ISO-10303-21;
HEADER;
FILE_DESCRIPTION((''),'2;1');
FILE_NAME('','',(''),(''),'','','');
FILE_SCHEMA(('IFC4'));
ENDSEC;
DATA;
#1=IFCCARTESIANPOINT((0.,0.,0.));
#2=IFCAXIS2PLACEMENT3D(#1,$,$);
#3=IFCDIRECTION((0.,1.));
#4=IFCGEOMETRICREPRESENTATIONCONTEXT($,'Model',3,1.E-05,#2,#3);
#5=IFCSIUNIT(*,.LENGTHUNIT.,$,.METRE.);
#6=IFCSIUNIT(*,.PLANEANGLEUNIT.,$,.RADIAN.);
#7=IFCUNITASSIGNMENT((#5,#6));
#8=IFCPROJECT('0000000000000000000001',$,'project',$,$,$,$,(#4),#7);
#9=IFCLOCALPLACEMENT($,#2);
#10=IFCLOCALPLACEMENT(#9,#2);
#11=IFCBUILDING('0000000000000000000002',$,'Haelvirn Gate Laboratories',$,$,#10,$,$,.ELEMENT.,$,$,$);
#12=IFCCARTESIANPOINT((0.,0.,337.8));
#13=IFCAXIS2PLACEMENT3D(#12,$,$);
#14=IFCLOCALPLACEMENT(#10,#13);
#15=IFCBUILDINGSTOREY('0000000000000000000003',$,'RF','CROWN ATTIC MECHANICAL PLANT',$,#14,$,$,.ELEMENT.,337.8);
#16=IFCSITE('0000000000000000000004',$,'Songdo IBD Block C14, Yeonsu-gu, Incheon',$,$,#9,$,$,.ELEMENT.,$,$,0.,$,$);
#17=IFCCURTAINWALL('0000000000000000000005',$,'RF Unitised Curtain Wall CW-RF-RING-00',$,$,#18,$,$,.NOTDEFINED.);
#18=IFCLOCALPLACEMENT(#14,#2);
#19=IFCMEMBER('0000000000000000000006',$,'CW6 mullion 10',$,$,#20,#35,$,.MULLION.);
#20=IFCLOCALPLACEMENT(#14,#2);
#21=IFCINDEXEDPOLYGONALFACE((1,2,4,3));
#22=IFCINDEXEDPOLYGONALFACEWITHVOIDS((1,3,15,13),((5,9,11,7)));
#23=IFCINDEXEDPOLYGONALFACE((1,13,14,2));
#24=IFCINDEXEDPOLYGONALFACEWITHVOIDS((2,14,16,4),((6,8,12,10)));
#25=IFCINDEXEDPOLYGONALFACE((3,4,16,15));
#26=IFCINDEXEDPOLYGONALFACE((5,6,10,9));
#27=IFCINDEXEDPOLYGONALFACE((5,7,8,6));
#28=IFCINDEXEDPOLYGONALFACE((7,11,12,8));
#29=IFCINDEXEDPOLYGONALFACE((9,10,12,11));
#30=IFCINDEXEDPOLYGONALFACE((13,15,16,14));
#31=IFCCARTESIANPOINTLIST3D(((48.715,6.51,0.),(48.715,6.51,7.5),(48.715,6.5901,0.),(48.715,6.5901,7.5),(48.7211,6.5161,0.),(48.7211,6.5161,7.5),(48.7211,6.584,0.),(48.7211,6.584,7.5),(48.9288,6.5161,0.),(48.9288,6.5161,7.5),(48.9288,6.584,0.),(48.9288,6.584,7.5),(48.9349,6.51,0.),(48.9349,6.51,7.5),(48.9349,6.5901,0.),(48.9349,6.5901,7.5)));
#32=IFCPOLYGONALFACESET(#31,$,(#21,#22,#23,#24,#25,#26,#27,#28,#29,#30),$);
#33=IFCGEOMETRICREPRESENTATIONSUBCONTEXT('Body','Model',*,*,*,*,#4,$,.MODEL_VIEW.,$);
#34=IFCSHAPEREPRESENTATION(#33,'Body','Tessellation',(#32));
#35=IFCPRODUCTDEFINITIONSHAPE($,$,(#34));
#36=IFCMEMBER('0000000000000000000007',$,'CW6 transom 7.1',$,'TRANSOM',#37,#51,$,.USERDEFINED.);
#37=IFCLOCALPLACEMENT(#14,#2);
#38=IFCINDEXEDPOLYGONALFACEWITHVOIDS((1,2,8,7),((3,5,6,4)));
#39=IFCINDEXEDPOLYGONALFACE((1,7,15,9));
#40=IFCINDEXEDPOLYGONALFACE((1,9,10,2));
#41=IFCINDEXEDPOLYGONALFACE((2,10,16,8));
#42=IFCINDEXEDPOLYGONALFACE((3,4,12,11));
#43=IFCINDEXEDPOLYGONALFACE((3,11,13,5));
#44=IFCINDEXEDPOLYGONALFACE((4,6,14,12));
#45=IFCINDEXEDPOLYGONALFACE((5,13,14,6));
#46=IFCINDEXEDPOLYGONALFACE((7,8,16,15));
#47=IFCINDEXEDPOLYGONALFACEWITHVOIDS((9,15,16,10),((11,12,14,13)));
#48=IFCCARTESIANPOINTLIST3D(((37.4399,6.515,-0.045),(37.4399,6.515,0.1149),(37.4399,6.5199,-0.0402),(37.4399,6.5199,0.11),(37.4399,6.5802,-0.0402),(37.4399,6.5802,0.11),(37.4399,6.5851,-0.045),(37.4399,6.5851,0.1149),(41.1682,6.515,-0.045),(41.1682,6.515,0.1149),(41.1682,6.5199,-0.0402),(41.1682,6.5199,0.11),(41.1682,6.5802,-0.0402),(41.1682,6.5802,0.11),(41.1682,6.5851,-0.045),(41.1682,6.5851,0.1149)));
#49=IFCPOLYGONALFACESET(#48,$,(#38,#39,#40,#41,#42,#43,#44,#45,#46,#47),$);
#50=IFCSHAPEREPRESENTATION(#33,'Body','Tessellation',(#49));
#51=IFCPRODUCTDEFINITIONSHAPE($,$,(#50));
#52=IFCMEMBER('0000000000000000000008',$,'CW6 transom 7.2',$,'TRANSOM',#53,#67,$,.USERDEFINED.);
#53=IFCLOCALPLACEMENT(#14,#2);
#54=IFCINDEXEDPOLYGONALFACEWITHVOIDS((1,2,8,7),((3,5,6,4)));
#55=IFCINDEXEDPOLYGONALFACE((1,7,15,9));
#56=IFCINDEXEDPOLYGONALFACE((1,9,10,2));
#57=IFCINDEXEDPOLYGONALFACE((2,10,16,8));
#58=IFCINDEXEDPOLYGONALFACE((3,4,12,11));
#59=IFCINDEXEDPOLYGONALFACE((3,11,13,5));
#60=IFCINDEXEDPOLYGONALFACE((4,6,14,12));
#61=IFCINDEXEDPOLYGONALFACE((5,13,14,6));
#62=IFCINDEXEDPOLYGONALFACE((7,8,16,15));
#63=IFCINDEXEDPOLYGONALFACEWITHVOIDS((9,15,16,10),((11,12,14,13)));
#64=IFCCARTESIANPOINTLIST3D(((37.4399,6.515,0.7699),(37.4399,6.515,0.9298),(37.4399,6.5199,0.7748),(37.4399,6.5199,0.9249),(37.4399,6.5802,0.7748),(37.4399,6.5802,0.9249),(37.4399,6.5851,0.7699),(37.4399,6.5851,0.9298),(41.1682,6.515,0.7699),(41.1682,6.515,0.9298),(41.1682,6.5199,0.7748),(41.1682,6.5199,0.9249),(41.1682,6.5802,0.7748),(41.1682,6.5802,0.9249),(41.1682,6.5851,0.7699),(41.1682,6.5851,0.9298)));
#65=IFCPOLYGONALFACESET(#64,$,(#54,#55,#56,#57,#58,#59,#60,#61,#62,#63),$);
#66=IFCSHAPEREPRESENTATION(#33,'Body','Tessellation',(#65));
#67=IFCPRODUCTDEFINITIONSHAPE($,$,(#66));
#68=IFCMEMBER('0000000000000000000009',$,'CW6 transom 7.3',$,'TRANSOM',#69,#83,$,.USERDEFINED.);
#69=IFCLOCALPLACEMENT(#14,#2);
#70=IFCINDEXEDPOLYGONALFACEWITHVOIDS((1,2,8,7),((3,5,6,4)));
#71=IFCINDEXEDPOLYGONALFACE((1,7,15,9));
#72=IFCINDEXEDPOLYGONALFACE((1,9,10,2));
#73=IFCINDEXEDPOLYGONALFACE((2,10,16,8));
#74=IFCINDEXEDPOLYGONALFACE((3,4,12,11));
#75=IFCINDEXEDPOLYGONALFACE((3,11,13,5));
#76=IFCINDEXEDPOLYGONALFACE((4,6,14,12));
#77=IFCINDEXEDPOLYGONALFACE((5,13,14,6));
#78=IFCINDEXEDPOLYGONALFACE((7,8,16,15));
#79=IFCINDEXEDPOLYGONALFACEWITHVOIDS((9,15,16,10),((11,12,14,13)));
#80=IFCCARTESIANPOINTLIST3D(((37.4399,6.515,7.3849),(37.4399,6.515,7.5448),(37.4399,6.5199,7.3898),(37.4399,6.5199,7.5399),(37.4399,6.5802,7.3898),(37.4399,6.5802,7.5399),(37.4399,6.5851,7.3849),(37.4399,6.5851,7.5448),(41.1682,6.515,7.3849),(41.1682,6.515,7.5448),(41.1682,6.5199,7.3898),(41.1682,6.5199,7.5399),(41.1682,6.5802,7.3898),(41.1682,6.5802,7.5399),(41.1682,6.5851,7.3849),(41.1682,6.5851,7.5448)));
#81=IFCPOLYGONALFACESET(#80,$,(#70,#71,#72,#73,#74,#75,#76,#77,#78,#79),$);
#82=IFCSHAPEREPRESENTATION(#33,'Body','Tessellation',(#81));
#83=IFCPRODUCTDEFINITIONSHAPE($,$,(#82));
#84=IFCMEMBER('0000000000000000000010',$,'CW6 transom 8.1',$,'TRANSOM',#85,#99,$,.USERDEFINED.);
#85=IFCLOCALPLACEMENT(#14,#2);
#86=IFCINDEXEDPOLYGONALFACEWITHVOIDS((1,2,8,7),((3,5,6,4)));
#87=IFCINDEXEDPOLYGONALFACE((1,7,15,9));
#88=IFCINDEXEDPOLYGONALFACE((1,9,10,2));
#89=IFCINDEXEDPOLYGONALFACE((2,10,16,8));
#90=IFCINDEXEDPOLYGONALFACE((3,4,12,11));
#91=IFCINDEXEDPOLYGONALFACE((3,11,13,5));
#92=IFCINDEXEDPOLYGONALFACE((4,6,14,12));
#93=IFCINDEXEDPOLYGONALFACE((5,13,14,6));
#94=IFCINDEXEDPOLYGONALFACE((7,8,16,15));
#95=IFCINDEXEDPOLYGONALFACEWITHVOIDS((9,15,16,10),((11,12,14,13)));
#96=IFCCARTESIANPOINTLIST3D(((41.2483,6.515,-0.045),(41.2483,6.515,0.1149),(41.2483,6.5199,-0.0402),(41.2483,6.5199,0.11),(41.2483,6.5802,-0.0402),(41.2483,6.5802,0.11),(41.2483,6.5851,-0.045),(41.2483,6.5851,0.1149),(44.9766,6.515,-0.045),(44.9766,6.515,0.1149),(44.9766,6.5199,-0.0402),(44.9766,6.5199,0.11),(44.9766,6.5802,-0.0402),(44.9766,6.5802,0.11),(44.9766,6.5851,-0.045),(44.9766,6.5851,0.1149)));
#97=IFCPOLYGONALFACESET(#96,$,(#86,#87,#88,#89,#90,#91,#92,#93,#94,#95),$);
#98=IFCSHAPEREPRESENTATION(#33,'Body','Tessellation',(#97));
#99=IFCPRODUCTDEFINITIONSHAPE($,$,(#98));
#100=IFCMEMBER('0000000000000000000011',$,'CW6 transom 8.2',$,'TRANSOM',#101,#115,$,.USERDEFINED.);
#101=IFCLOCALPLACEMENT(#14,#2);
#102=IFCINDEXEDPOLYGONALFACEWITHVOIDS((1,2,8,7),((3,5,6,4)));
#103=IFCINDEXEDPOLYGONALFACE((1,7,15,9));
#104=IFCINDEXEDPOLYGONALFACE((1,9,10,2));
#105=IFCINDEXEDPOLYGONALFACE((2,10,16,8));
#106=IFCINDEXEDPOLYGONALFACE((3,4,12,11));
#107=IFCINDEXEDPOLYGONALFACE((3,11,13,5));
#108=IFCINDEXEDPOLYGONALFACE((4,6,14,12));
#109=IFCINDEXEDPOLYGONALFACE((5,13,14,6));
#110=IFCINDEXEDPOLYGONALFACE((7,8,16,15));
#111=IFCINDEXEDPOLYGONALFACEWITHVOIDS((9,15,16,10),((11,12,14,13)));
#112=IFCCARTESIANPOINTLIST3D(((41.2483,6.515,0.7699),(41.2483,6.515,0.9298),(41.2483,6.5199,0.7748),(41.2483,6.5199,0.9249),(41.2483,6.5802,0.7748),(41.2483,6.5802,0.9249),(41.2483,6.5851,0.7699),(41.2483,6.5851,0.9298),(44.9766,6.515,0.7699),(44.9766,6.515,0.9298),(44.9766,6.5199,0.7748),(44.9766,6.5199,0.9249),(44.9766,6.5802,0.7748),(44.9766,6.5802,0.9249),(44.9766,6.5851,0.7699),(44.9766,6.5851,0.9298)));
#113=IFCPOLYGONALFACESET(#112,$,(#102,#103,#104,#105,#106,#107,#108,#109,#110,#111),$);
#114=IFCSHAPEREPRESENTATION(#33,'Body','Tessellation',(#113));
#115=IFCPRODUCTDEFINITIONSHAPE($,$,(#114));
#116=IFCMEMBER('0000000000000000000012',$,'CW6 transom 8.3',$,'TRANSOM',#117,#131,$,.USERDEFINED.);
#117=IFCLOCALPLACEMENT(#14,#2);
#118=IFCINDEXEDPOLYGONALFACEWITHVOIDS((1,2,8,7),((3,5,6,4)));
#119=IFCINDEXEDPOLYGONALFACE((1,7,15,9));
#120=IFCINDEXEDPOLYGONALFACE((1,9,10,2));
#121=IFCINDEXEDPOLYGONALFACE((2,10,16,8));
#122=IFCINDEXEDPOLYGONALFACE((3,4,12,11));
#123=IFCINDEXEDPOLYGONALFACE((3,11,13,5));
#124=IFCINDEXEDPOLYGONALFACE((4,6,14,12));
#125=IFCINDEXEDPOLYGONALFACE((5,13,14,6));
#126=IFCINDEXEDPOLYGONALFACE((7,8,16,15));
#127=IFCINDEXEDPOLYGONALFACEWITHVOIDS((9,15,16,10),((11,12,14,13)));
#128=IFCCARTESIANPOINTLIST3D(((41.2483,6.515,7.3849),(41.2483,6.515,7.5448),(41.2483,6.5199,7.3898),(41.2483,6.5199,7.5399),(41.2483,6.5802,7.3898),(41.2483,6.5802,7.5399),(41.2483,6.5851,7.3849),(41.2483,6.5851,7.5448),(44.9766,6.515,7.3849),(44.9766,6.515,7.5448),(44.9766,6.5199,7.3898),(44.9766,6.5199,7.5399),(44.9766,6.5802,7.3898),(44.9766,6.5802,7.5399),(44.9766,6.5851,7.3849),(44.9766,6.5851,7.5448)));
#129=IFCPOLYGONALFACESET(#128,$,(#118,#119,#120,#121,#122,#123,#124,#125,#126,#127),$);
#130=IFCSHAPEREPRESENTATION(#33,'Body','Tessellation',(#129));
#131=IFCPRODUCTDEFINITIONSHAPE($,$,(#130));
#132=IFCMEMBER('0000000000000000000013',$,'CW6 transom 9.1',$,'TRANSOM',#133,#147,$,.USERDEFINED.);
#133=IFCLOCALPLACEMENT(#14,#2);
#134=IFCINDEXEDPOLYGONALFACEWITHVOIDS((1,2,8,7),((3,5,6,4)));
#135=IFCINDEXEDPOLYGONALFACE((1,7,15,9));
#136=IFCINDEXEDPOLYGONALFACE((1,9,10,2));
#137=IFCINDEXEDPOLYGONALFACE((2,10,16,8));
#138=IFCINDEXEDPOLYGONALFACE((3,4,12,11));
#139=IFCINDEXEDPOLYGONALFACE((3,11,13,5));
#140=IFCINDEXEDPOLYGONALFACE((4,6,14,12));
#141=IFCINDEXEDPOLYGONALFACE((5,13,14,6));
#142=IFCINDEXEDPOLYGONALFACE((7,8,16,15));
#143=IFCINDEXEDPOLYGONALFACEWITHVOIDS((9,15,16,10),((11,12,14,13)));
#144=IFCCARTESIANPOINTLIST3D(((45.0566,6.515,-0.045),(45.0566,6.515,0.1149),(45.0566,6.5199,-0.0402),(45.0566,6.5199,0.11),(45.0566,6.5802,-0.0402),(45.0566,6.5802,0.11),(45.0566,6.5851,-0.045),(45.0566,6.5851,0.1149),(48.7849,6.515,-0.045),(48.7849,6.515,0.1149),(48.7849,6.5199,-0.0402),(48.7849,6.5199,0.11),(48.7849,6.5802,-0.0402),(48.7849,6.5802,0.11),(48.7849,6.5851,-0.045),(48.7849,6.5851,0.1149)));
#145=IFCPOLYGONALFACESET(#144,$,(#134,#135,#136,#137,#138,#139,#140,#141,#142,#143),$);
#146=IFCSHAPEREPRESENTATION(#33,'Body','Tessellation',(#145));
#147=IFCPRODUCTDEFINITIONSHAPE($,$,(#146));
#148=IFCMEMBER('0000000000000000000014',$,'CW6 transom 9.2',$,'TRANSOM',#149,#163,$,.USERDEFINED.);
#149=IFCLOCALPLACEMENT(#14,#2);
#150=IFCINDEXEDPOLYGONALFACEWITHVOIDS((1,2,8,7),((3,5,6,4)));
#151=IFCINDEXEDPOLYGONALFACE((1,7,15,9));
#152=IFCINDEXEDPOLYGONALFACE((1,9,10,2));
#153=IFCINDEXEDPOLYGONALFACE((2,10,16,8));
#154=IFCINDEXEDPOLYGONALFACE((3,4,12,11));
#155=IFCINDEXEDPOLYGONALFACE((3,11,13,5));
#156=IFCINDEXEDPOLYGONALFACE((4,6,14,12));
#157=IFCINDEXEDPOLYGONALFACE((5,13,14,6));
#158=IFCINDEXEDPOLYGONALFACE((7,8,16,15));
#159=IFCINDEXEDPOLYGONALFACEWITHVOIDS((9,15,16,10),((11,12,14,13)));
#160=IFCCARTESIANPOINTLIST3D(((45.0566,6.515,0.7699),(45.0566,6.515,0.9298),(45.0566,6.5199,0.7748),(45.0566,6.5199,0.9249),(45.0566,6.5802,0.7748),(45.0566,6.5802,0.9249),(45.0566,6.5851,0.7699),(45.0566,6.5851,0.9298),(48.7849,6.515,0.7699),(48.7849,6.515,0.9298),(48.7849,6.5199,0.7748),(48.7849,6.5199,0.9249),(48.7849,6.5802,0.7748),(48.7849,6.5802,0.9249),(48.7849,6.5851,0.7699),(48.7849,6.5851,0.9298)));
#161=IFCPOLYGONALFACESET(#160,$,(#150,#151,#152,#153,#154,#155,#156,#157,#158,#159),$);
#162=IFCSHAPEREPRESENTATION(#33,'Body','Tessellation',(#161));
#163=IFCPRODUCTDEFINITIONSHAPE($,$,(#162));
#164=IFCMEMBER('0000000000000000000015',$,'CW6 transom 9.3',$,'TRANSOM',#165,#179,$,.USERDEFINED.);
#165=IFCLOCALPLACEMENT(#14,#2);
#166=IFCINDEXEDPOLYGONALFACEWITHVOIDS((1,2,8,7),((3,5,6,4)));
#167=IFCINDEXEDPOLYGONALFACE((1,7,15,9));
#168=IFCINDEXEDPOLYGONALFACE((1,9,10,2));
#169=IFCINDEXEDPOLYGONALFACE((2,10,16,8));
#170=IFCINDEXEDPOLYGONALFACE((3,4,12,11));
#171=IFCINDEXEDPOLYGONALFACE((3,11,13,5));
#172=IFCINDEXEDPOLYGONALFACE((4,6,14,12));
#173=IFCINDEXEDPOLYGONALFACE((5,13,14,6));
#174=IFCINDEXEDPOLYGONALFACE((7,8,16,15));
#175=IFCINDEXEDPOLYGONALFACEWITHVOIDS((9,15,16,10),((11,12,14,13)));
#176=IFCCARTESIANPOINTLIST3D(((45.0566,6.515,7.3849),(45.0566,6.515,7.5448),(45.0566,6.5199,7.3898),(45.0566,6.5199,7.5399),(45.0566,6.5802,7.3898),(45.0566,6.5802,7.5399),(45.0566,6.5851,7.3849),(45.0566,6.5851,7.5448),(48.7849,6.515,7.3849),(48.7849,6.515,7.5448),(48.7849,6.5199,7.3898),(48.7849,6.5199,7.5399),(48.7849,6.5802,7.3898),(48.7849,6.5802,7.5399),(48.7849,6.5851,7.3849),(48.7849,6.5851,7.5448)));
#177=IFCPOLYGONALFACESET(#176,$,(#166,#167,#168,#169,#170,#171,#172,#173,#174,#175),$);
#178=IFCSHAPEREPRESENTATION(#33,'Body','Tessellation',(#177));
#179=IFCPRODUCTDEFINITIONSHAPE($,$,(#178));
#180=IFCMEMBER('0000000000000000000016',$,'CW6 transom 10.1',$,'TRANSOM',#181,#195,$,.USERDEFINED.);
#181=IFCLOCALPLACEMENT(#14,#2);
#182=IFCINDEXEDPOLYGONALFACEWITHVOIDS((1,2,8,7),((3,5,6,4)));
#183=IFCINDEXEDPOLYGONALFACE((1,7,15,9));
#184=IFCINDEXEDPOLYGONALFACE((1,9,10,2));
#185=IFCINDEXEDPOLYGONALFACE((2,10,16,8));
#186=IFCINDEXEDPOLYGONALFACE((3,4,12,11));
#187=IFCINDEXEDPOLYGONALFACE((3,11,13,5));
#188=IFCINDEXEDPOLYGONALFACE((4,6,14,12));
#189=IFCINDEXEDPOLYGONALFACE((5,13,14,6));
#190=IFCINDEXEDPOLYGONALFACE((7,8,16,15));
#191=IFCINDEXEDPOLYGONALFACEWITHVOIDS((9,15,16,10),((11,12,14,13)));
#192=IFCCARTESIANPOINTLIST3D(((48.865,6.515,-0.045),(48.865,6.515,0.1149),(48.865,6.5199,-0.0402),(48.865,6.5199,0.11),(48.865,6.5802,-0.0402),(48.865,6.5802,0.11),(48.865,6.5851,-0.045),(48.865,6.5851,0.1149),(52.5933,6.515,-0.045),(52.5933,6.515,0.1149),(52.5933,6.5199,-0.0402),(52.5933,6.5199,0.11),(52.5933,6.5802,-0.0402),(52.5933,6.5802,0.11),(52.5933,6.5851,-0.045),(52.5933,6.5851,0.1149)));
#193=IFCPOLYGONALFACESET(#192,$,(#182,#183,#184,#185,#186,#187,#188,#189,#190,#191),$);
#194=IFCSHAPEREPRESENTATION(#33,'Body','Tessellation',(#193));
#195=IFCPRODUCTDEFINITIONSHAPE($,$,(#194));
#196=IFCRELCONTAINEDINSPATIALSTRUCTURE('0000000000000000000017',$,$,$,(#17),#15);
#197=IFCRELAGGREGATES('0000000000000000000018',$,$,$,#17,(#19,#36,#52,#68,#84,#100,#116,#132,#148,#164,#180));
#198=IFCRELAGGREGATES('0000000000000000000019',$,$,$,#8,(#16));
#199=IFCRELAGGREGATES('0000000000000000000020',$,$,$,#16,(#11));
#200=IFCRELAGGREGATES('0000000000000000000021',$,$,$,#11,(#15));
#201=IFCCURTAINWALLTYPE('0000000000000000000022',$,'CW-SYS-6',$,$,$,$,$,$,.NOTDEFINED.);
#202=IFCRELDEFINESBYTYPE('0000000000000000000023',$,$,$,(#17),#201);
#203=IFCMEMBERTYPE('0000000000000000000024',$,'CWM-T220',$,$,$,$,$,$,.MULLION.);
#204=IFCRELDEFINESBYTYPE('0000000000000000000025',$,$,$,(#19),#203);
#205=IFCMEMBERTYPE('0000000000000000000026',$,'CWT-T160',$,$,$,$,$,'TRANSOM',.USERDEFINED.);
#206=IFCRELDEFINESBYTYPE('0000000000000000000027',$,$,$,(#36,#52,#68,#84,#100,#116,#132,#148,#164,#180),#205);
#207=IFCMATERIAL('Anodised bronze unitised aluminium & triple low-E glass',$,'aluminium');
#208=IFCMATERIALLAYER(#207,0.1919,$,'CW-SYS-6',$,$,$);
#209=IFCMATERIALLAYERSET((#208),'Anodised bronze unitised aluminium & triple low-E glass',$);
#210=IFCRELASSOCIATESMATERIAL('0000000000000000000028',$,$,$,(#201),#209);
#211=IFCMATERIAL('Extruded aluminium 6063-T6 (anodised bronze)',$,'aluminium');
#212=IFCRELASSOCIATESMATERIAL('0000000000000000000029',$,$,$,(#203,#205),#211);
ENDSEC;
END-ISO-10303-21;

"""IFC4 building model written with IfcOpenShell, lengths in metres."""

from ifc_helpers import new_model, si_unit, direction, frame, origin, origin_2d, place, context, subcontext, project, spatial, hollow_rectangle, extrude, source, transform, mapped, material, layer, layer_set, material_profile, profile_set, type_object, type_shapes, element, aggregate, save


model = new_model("IFC4")

# Units and contexts
model_context = context("Model", 3, precision=1e-05, world=origin(), true_north=direction((0.0, 1.0)))
body_context = subcontext(model_context, "Body", "Model", "MODEL_VIEW")
ifc_project = project(units=[si_unit("LENGTHUNIT", "METRE"), si_unit("PLANEANGLEUNIT", "RADIAN")], contexts=[model_context])

# Site, building, storey
site_placement = place(None, origin())
site = spatial("IfcSite", under=ifc_project, at=site_placement, Name="Songdo IBD Block C14, Yeonsu-gu, Incheon", CompositionType="ELEMENT", RefElevation=0.0)
building_placement = place(site_placement, origin())
building = spatial("IfcBuilding", under=site, at=building_placement, Name="Haelvirn Gate Laboratories", CompositionType="ELEMENT")
storey_placement = place(building_placement, frame((0.0, 0.0, 337.8)))
storey = spatial("IfcBuildingStorey", under=building, at=storey_placement, Name="RF", Description="CROWN ATTIC MECHANICAL PLANT", CompositionType="ELEMENT", Elevation=337.8)

# Curtain wall, members
ifc_material_1 = material(Name="Anodised bronze unitised aluminium & triple low-E glass", Category="aluminium")
ifc_layer_1 = layer(ifc_material_1, 0.1919, Name="CW-SYS-6")
ifc_layer_set_1 = layer_set([ifc_layer_1], Name="Anodised bronze unitised aluminium & triple low-E glass")
curtain_wall_type = type_object("IfcCurtainWallType", Name="CW-SYS-6", PredefinedType="NOTDEFINED", material=ifc_layer_set_1)
curtain_wall_placement = place(storey_placement, origin())
curtain_wall = element("IfcCurtainWall", 1, at=curtain_wall_placement, inside=storey, type_object=curtain_wall_type, Name="RF Unitised Curtain Wall CW-RF-RING-00", PredefinedType="NOTDEFINED")
ifc_material_2 = material(Name="Extruded aluminium 6063-T6 (anodised bronze)", Category="aluminium")
ifc_material_profile_1 = material_profile(ifc_material_2, hollow_rectangle(XDim=0.0801, YDim=0.22, WallThickness=0.0061, at=origin_2d()), Name="CWM-220x80x6")
ifc_profile_set_1 = profile_set([ifc_material_profile_1], Name="Extruded aluminium 6063-T6 (anodised bronze)")
member_type_1 = type_object("IfcMemberType", Name="CWM-T220", PredefinedType="MULLION", material=ifc_profile_set_1)
shared_shape_1 = source(origin(), body_context, "Body", "SweptSolid", [
    extrude(hollow_rectangle(XDim=0.0801, YDim=0.22, WallThickness=0.0061, at=origin_2d()), origin(), (0.0, 0.0, 1.0), 7.5),
])
type_shapes(member_type_1, [shared_shape_1])
member_1_placement = place(storey_placement, frame((48.825, 6.55, 0.0), z_axis=(0.0, 0.0, 1.0), x_axis=(0.0, 1.0, 0.0)))
member_1 = element("IfcMember", 2, at=member_1_placement, type_object=member_type_1, Name="CW6 mullion 10", PredefinedType="MULLION", context=body_context, shape_type="MappedRepresentation", body=[
    mapped(shared_shape_1, transform((0.0, 0.0, 0.0), scale=1.0)),
])
ifc_material_profile_2 = material_profile(ifc_material_2, hollow_rectangle(XDim=0.0701, YDim=0.1599, WallThickness=0.0049, at=origin_2d()), Name="CWT-160x70x5")
ifc_profile_set_2 = profile_set([ifc_material_profile_2], Name="Extruded aluminium 6063-T6 (anodised bronze)")
member_type_2 = type_object("IfcMemberType", Name="CWT-T160", ElementType="TRANSOM", PredefinedType="USERDEFINED", material=ifc_profile_set_2)
shared_shape_2 = source(origin(), body_context, "Body", "SweptSolid", [
    extrude(hollow_rectangle(XDim=0.0701, YDim=0.1599, WallThickness=0.0049, at=origin_2d()), origin(), (0.0, 0.0, 1.0), 3.7283),
])
type_shapes(member_type_2, [shared_shape_2])
member_2_placement = place(storey_placement, frame((37.4399, 6.55, 0.0349), z_axis=(1.0, 0.0, 0.0), x_axis=(0.0, 1.0, 0.0)))
member_2 = element("IfcMember", 3, at=member_2_placement, type_object=member_type_2, Name="CW6 transom 7.1", ObjectType="TRANSOM", PredefinedType="USERDEFINED", context=body_context, shape_type="MappedRepresentation", body=[
    mapped(shared_shape_2, transform((0.0, 0.0, 0.0), scale=1.0)),
])
member_3_placement = place(storey_placement, frame((37.4399, 6.55, 0.8499), z_axis=(1.0, 0.0, 0.0), x_axis=(0.0, 1.0, 0.0)))
member_3 = element("IfcMember", 4, at=member_3_placement, type_object=member_type_2, Name="CW6 transom 7.2", ObjectType="TRANSOM", PredefinedType="USERDEFINED", context=body_context, shape_type="MappedRepresentation", body=[
    mapped(shared_shape_2, transform((0.0, 0.0, 0.0), scale=1.0)),
])
member_4_placement = place(storey_placement, frame((37.4399, 6.55, 7.4648), z_axis=(1.0, 0.0, 0.0), x_axis=(0.0, 1.0, 0.0)))
member_4 = element("IfcMember", 5, at=member_4_placement, type_object=member_type_2, Name="CW6 transom 7.3", ObjectType="TRANSOM", PredefinedType="USERDEFINED", context=body_context, shape_type="MappedRepresentation", body=[
    mapped(shared_shape_2, transform((0.0, 0.0, 0.0), scale=1.0)),
])
member_5_placement = place(storey_placement, frame((41.2483, 6.55, 0.0349), z_axis=(1.0, 0.0, 0.0), x_axis=(0.0, 1.0, 0.0)))
member_5 = element("IfcMember", 6, at=member_5_placement, type_object=member_type_2, Name="CW6 transom 8.1", ObjectType="TRANSOM", PredefinedType="USERDEFINED", context=body_context, shape_type="MappedRepresentation", body=[
    mapped(shared_shape_2, transform((0.0, 0.0, 0.0), scale=1.0)),
])
member_6_placement = place(storey_placement, frame((41.2483, 6.55, 0.8499), z_axis=(1.0, 0.0, 0.0), x_axis=(0.0, 1.0, 0.0)))
member_6 = element("IfcMember", 7, at=member_6_placement, type_object=member_type_2, Name="CW6 transom 8.2", ObjectType="TRANSOM", PredefinedType="USERDEFINED", context=body_context, shape_type="MappedRepresentation", body=[
    mapped(shared_shape_2, transform((0.0, 0.0, 0.0), scale=1.0)),
])
member_7_placement = place(storey_placement, frame((41.2483, 6.55, 7.4648), z_axis=(1.0, 0.0, 0.0), x_axis=(0.0, 1.0, 0.0)))
member_7 = element("IfcMember", 8, at=member_7_placement, type_object=member_type_2, Name="CW6 transom 8.3", ObjectType="TRANSOM", PredefinedType="USERDEFINED", context=body_context, shape_type="MappedRepresentation", body=[
    mapped(shared_shape_2, transform((0.0, 0.0, 0.0), scale=1.0)),
])
member_8_placement = place(storey_placement, frame((45.0566, 6.55, 0.0349), z_axis=(1.0, 0.0, 0.0), x_axis=(0.0, 1.0, 0.0)))
member_8 = element("IfcMember", 9, at=member_8_placement, type_object=member_type_2, Name="CW6 transom 9.1", ObjectType="TRANSOM", PredefinedType="USERDEFINED", context=body_context, shape_type="MappedRepresentation", body=[
    mapped(shared_shape_2, transform((0.0, 0.0, 0.0), scale=1.0)),
])
member_9_placement = place(storey_placement, frame((45.0566, 6.55, 0.8499), z_axis=(1.0, 0.0, 0.0), x_axis=(0.0, 1.0, 0.0)))
member_9 = element("IfcMember", 10, at=member_9_placement, type_object=member_type_2, Name="CW6 transom 9.2", ObjectType="TRANSOM", PredefinedType="USERDEFINED", context=body_context, shape_type="MappedRepresentation", body=[
    mapped(shared_shape_2, transform((0.0, 0.0, 0.0), scale=1.0)),
])
member_10_placement = place(storey_placement, frame((45.0566, 6.55, 7.4648), z_axis=(1.0, 0.0, 0.0), x_axis=(0.0, 1.0, 0.0)))
member_10 = element("IfcMember", 11, at=member_10_placement, type_object=member_type_2, Name="CW6 transom 9.3", ObjectType="TRANSOM", PredefinedType="USERDEFINED", context=body_context, shape_type="MappedRepresentation", body=[
    mapped(shared_shape_2, transform((0.0, 0.0, 0.0), scale=1.0)),
])
member_11_placement = place(storey_placement, frame((48.865, 6.55, 0.0349), z_axis=(1.0, 0.0, 0.0), x_axis=(0.0, 1.0, 0.0)))
member_11 = element("IfcMember", 12, at=member_11_placement, type_object=member_type_2, Name="CW6 transom 10.1", ObjectType="TRANSOM", PredefinedType="USERDEFINED", context=body_context, shape_type="MappedRepresentation", body=[
    mapped(shared_shape_2, transform((0.0, 0.0, 0.0), scale=1.0)),
])

aggregate(curtain_wall, [member_1, member_2, member_3, member_4, member_5, member_6, member_7, member_8, member_9, member_10, member_11])

save(model, "model.ifc")
